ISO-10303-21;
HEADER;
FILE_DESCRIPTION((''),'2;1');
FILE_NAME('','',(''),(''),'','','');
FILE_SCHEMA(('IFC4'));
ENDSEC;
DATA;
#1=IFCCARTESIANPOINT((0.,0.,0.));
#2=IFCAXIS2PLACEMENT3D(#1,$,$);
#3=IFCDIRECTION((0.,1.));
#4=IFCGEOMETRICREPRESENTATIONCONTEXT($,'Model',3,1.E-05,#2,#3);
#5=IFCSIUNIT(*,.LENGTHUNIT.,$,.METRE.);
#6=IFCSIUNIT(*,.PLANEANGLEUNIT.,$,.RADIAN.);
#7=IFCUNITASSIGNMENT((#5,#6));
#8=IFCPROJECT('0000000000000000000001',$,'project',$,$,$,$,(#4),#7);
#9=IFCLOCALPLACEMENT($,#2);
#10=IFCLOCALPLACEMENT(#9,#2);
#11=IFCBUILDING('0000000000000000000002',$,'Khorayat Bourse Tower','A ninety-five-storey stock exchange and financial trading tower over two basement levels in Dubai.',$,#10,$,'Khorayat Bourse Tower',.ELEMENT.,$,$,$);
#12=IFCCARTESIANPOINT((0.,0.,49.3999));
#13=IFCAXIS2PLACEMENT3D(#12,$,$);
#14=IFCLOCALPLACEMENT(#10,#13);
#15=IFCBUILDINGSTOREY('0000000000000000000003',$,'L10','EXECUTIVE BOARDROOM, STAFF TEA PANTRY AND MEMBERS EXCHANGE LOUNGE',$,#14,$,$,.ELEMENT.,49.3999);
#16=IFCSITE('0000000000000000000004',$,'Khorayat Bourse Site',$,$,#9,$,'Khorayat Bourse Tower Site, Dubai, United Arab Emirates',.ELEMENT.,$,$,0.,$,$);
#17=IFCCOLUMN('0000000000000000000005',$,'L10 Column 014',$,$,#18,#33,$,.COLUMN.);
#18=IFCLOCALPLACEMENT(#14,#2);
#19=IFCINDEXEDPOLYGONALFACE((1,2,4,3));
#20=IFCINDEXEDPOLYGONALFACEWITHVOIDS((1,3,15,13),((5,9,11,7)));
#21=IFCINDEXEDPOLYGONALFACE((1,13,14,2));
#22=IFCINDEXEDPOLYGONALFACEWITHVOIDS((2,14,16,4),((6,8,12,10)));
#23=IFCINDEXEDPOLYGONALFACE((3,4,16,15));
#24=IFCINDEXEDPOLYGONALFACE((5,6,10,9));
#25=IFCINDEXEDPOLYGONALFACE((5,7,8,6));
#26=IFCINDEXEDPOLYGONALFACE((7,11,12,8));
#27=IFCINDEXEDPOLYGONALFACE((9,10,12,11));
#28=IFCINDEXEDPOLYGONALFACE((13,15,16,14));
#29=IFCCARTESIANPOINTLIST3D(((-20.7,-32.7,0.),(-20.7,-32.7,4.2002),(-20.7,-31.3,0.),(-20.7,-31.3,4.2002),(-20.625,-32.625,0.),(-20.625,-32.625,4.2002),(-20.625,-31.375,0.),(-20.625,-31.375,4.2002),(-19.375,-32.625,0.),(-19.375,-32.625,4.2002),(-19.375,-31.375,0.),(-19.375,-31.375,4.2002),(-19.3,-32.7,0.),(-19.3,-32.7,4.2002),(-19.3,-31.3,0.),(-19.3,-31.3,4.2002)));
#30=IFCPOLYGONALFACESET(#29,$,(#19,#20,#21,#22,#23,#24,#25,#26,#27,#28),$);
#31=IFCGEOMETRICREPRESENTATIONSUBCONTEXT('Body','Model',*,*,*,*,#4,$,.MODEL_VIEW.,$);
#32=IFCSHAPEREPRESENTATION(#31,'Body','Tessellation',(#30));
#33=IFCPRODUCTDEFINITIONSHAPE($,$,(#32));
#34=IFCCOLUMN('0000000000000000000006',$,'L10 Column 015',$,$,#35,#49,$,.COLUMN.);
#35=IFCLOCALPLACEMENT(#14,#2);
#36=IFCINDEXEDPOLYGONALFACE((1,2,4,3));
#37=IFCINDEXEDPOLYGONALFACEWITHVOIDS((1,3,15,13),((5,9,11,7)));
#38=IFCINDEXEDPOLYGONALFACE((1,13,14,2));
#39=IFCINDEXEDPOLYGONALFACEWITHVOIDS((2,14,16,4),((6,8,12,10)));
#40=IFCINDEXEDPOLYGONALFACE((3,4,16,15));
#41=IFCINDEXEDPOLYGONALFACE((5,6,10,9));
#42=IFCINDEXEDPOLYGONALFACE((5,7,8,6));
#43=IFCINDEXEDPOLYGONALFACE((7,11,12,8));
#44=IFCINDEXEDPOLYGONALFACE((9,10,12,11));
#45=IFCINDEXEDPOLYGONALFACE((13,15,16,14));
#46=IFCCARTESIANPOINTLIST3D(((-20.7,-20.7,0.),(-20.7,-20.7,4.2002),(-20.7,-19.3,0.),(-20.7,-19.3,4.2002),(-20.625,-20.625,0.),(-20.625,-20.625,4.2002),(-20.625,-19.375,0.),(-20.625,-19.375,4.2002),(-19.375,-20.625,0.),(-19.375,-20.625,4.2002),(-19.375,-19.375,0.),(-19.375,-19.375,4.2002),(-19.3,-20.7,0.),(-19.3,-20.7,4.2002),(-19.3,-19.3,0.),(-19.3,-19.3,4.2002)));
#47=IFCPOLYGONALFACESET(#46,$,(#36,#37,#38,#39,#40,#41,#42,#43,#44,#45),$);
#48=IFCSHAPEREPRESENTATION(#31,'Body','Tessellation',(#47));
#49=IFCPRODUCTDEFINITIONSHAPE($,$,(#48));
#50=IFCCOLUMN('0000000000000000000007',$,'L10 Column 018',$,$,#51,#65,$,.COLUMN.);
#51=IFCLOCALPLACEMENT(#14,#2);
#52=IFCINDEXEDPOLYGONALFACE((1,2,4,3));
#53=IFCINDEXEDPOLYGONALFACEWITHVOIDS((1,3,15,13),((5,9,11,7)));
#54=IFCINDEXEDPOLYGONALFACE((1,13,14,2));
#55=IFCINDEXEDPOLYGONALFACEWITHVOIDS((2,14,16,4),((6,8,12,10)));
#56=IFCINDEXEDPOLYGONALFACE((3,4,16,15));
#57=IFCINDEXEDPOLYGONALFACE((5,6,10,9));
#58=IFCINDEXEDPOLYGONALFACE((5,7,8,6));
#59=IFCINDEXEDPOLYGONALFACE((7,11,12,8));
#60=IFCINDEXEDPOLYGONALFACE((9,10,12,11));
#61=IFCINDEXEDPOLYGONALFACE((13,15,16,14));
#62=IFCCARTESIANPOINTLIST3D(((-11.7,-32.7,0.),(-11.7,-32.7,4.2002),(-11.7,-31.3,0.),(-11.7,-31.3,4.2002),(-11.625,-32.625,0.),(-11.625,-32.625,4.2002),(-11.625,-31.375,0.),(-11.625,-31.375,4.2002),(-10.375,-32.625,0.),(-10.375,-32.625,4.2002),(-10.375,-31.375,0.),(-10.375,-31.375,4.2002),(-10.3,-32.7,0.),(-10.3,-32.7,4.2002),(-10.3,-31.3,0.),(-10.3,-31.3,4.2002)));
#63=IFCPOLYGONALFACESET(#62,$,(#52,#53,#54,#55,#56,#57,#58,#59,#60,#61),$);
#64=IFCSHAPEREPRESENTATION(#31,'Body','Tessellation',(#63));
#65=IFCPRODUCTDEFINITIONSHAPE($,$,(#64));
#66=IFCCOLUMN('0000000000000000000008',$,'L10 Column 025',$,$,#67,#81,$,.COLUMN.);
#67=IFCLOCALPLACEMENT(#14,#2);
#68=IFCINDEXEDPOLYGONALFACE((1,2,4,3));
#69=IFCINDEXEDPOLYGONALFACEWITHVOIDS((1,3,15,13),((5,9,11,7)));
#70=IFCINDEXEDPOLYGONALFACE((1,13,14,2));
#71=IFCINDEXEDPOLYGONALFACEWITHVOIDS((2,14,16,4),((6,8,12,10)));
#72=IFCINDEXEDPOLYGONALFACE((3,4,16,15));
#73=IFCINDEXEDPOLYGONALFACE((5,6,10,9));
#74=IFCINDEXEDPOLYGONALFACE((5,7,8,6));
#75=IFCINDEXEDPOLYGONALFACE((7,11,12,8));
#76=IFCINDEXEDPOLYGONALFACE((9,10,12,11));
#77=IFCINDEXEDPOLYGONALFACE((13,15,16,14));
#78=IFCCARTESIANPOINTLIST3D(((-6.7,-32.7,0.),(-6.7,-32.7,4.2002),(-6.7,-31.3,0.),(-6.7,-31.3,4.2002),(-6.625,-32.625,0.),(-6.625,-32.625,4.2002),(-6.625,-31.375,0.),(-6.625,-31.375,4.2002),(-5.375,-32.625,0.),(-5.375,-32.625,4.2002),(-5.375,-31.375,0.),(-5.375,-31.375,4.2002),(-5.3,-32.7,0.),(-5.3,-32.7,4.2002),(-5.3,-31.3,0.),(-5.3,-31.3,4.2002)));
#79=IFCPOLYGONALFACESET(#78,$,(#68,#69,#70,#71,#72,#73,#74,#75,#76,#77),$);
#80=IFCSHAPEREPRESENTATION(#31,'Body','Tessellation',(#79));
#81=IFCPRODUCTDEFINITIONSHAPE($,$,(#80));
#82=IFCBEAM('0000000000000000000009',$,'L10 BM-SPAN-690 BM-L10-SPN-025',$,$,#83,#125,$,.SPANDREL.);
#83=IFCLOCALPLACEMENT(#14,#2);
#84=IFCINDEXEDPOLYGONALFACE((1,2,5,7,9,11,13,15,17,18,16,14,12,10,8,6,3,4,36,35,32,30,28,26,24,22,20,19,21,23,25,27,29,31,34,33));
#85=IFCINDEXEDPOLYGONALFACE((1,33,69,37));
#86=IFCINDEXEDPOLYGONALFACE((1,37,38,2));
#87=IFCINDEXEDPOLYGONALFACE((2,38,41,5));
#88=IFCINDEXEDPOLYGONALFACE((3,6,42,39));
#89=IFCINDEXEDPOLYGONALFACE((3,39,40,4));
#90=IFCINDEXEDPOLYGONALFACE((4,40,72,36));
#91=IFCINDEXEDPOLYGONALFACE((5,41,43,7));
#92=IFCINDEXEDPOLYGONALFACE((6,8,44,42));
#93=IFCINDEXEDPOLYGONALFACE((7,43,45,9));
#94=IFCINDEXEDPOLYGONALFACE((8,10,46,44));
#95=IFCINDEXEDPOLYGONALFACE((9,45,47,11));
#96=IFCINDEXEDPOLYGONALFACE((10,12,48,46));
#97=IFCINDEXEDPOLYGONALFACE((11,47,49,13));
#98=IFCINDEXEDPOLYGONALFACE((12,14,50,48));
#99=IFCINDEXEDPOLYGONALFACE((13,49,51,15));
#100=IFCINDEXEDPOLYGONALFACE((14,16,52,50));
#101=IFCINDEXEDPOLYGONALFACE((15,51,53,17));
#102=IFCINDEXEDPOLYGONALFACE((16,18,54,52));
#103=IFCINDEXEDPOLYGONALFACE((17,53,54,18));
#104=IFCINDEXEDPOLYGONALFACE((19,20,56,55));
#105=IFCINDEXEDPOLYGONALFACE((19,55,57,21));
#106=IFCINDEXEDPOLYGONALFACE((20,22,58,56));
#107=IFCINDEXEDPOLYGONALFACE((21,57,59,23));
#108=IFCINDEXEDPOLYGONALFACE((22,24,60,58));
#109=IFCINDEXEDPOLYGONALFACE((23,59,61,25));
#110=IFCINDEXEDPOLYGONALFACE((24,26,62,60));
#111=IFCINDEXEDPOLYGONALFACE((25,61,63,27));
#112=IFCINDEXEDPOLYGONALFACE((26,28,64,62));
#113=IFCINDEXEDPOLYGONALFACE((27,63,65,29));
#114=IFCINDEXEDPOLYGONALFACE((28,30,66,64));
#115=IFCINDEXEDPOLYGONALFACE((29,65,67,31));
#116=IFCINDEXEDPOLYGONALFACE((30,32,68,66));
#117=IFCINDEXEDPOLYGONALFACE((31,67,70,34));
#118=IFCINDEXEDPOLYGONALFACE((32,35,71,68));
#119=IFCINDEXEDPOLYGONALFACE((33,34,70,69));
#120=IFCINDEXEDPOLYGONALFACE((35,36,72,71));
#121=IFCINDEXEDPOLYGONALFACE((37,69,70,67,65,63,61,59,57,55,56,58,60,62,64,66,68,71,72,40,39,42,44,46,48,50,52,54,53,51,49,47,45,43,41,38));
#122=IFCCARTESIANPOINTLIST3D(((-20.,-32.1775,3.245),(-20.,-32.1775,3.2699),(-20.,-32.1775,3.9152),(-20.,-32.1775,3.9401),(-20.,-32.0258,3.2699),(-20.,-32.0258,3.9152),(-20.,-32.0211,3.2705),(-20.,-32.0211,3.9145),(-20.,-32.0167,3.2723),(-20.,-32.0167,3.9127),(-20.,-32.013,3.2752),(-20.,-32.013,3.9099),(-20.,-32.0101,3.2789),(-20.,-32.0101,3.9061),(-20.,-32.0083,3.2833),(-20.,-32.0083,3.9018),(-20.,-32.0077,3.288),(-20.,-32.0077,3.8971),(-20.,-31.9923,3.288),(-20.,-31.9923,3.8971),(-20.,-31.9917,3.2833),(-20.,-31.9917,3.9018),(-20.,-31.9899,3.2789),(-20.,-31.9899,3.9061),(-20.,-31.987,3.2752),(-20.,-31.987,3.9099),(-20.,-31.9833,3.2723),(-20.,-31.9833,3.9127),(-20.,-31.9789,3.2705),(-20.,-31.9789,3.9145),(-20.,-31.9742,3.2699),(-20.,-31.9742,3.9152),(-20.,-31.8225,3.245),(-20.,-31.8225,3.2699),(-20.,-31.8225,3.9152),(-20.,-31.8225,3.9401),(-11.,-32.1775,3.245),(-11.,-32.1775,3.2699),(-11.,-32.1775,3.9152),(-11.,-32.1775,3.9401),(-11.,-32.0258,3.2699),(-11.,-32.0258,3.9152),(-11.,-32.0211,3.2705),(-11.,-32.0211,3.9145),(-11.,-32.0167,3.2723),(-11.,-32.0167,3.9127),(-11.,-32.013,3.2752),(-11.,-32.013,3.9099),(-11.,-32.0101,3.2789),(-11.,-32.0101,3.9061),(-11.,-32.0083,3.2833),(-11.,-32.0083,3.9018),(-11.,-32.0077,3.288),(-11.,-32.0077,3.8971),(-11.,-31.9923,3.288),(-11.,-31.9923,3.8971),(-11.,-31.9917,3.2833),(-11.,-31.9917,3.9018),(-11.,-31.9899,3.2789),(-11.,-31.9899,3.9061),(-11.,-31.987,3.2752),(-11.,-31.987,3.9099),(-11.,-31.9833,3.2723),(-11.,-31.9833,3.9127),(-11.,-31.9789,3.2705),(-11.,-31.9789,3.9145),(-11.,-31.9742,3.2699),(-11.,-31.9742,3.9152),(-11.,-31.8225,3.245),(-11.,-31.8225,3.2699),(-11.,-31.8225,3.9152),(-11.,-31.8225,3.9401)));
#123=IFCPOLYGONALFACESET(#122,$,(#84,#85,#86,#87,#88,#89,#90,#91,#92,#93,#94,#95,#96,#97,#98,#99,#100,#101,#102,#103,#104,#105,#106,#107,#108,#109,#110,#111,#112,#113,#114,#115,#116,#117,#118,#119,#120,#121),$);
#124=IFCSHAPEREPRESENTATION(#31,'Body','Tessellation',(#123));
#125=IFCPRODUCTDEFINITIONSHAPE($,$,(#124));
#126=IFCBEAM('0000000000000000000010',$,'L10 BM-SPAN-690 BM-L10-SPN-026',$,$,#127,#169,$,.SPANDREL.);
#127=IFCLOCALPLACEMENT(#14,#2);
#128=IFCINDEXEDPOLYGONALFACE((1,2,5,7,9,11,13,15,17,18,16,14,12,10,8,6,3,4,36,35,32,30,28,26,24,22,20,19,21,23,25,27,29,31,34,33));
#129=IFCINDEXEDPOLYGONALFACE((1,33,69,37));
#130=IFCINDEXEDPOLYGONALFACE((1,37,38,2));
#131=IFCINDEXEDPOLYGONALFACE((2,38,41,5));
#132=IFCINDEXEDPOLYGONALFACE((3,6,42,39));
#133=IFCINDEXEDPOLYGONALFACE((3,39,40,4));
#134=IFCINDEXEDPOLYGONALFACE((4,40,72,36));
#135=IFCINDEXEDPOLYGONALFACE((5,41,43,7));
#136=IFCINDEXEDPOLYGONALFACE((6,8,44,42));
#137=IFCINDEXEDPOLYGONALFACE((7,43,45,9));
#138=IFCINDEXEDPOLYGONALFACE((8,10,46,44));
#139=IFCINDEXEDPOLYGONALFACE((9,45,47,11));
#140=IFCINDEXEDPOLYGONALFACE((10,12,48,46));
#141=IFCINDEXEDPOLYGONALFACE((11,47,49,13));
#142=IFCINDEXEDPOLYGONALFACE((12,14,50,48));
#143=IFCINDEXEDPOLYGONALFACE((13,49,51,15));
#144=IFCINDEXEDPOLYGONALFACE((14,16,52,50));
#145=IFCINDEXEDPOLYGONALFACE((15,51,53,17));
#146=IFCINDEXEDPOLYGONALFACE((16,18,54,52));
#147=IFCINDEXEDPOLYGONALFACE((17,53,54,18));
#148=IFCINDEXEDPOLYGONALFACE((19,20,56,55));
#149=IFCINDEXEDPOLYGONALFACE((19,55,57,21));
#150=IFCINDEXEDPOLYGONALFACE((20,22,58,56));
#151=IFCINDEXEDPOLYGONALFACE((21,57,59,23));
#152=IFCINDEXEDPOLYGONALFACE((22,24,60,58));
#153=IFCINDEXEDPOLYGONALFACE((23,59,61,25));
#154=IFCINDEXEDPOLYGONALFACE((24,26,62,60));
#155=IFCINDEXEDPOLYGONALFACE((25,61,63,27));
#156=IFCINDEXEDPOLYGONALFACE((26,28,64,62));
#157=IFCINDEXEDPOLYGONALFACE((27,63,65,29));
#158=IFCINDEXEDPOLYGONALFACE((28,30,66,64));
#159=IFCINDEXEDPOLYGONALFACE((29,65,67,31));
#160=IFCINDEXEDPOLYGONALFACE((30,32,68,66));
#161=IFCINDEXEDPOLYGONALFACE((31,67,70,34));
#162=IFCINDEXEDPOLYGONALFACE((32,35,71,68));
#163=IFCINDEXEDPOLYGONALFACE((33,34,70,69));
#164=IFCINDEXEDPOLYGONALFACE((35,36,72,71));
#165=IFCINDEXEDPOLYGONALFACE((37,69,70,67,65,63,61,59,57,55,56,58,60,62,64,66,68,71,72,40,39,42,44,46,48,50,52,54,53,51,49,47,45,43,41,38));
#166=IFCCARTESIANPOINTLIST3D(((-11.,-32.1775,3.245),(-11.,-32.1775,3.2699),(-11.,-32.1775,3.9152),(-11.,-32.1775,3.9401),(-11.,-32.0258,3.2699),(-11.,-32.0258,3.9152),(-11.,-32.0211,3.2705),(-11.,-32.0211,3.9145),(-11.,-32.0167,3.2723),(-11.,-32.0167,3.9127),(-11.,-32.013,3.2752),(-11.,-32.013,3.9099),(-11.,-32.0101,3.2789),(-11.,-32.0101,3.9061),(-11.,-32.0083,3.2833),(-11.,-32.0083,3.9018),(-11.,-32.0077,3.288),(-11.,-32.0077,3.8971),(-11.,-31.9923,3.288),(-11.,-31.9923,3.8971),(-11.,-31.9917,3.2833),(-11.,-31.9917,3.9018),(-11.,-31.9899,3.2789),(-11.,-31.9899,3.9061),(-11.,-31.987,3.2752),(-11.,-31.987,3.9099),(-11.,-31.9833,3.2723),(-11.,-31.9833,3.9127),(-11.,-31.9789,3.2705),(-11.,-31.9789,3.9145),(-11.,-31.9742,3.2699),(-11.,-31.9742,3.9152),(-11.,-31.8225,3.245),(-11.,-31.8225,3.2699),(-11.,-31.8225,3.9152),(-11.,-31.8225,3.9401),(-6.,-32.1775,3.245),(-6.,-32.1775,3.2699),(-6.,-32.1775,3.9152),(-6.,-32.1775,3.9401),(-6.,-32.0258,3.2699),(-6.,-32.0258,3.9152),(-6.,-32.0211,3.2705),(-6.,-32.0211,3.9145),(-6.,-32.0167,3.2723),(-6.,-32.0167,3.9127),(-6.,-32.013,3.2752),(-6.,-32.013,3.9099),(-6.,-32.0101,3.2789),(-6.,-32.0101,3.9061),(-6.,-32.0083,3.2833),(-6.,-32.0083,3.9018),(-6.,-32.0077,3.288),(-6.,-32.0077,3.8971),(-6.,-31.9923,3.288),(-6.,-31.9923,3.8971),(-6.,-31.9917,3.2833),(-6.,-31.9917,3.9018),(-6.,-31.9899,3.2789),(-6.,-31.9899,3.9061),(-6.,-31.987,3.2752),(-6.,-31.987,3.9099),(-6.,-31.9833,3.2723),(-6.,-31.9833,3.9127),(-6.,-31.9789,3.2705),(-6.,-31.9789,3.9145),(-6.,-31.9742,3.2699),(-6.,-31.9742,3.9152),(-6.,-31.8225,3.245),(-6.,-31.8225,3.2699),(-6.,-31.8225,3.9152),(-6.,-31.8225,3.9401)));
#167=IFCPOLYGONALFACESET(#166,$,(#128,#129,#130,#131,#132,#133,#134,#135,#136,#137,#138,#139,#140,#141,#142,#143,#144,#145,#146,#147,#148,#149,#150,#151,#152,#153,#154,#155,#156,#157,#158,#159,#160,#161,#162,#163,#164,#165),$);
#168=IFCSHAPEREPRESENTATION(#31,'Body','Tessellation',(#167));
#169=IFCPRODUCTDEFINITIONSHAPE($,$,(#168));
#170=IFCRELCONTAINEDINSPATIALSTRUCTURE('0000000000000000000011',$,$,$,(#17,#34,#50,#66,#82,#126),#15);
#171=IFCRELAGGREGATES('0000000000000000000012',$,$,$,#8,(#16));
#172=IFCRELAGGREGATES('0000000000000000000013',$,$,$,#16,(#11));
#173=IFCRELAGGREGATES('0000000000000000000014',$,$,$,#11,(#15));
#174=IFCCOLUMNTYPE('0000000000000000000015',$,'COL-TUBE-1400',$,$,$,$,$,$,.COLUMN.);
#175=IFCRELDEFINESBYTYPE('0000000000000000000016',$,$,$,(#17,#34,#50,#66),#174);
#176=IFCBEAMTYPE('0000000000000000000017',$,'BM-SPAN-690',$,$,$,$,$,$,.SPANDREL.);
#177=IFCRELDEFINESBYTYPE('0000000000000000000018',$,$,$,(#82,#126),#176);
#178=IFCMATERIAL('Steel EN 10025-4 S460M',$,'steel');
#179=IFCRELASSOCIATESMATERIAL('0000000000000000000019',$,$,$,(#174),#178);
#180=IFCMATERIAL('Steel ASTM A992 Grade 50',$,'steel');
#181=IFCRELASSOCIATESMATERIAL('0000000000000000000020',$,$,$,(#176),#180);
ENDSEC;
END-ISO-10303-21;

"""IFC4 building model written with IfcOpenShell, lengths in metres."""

from ifc_helpers import new_model, si_unit, direction, frame, origin, origin_2d, place, context, subcontext, project, spatial, hollow_rectangle, i_section, extrude, source, transform, mapped, material, material_profile, profile_set, type_object, element, save


model = new_model("IFC4")

# Units and contexts
model_context = context("Model", 3, precision=1e-05, world=origin(), true_north=direction((0.0, 1.0)))
body_context = subcontext(model_context, "Body", "Model", "MODEL_VIEW")
ifc_project = project(units=[si_unit("LENGTHUNIT", "METRE"), si_unit("PLANEANGLEUNIT", "RADIAN")], contexts=[model_context])

# Site, building, storey
site_placement = place(None, origin())
site = spatial("IfcSite", under=ifc_project, at=site_placement, Name="Khorayat Bourse Site", LongName="Khorayat Bourse Tower Site, Dubai, United Arab Emirates", CompositionType="ELEMENT", RefElevation=0.0)
building_placement = place(site_placement, origin())
building = spatial("IfcBuilding", under=site, at=building_placement, Name="Khorayat Bourse Tower", Description="A ninety-five-storey stock exchange and financial trading tower over two basement levels in Dubai.", LongName="Khorayat Bourse Tower", CompositionType="ELEMENT")
storey_placement = place(building_placement, frame((0.0, 0.0, 49.3999)))
storey = spatial("IfcBuildingStorey", under=building, at=storey_placement, Name="L10", Description="EXECUTIVE BOARDROOM, STAFF TEA PANTRY AND MEMBERS EXCHANGE LOUNGE", CompositionType="ELEMENT", Elevation=49.3999)

# Columns
ifc_material_1 = material(Name="Steel EN 10025-4 S460M", Category="steel")
ifc_material_profile_1 = material_profile(ifc_material_1, hollow_rectangle(XDim=1.3999, YDim=1.3999, WallThickness=0.075, at=origin_2d()), Name="BOX 1400x1400x75")
ifc_profile_set_1 = profile_set([ifc_material_profile_1], Name="Steel EN 10025-4 S460M")
column_type = type_object("IfcColumnType", Name="COL-TUBE-1400", PredefinedType="COLUMN", material=ifc_profile_set_1)
shared_shape_1 = source(origin(), body_context, "Body", "SweptSolid", [
    extrude(hollow_rectangle(XDim=1.3999, YDim=1.3999, WallThickness=0.075, at=origin_2d()), origin(), (0.0, 0.0, 1.0), 4.2002),
])
for number, where, z_axis, x_axis, name in (
    (1, (-20.0, -32.0, 0.0), (0.0, 0.0, 1.0), (1.0, 0.0, 0.0), "L10 Column 014"),
    (2, (-20.0, -20.0, 0.0), (0.0, 0.0, 1.0), (1.0, 0.0, 0.0), "L10 Column 015"),
    (3, (-11.0, -32.0, 0.0), (0.0, 0.0, 1.0), (1.0, 0.0, 0.0), "L10 Column 018"),
    (4, (-6.0, -32.0, 0.0), (0.0, 0.0, 1.0), (1.0, 0.0, 0.0), "L10 Column 025"),
):
    element("IfcColumn", number, at=place(storey_placement, frame(where, z_axis=z_axis, x_axis=x_axis)), inside=storey, type_object=column_type, Name=name, PredefinedType="COLUMN", context=body_context, shape_type="MappedRepresentation", body=[
        mapped(shared_shape_1, transform((0.0, 0.0, 0.0), scale=1.0)),
    ])

# Beams
ifc_material_2 = material(Name="Steel ASTM A992 Grade 50", Category="steel")
ifc_material_profile_2 = material_profile(ifc_material_2, i_section(OverallWidth=0.355, OverallDepth=0.6951, WebThickness=0.0154, FlangeThickness=0.0249, FilletRadius=0.0181, at=origin_2d()), Name="W690X217")
ifc_profile_set_2 = profile_set([ifc_material_profile_2], Name="Steel ASTM A992 Grade 50")
beam_type_1 = type_object("IfcBeamType", Name="BM-SPAN-690", PredefinedType="SPANDREL", material=ifc_profile_set_2)
shared_shape_2 = source(origin(), body_context, "Body", "SweptSolid", [
    extrude(i_section(OverallWidth=0.355, OverallDepth=0.6951, WebThickness=0.0154, FlangeThickness=0.0249, FilletRadius=0.0181, at=origin_2d()), origin(), (0.0, 0.0, 1.0), 9.0),
])
beam_1_placement = place(storey_placement, frame((-20.0, -32.0, 3.5925), z_axis=(1.0, 0.0, 0.0), x_axis=(0.0, 1.0, 0.0)))
element("IfcBeam", 5, at=beam_1_placement, inside=storey, type_object=beam_type_1, Name="L10 BM-SPAN-690 BM-L10-SPN-025", PredefinedType="SPANDREL", context=body_context, shape_type="MappedRepresentation", body=[
    mapped(shared_shape_2, transform((0.0, 0.0, 0.0), scale=1.0)),
])
shared_shape_3 = source(origin(), body_context, "Body", "SweptSolid", [
    extrude(i_section(OverallWidth=0.355, OverallDepth=0.6951, WebThickness=0.0154, FlangeThickness=0.0249, FilletRadius=0.0181, at=origin_2d()), origin(), (0.0, 0.0, 1.0), 5.0),
])
beam_2_placement = place(storey_placement, frame((-11.0, -32.0, 3.5925), z_axis=(1.0, 0.0, 0.0), x_axis=(0.0, 1.0, 0.0)))
element("IfcBeam", 6, at=beam_2_placement, inside=storey, type_object=beam_type_1, Name="L10 BM-SPAN-690 BM-L10-SPN-026", PredefinedType="SPANDREL", context=body_context, shape_type="MappedRepresentation", body=[
    mapped(shared_shape_3, transform((0.0, 0.0, 0.0), scale=1.0)),
])

save(model, "model.ifc")
